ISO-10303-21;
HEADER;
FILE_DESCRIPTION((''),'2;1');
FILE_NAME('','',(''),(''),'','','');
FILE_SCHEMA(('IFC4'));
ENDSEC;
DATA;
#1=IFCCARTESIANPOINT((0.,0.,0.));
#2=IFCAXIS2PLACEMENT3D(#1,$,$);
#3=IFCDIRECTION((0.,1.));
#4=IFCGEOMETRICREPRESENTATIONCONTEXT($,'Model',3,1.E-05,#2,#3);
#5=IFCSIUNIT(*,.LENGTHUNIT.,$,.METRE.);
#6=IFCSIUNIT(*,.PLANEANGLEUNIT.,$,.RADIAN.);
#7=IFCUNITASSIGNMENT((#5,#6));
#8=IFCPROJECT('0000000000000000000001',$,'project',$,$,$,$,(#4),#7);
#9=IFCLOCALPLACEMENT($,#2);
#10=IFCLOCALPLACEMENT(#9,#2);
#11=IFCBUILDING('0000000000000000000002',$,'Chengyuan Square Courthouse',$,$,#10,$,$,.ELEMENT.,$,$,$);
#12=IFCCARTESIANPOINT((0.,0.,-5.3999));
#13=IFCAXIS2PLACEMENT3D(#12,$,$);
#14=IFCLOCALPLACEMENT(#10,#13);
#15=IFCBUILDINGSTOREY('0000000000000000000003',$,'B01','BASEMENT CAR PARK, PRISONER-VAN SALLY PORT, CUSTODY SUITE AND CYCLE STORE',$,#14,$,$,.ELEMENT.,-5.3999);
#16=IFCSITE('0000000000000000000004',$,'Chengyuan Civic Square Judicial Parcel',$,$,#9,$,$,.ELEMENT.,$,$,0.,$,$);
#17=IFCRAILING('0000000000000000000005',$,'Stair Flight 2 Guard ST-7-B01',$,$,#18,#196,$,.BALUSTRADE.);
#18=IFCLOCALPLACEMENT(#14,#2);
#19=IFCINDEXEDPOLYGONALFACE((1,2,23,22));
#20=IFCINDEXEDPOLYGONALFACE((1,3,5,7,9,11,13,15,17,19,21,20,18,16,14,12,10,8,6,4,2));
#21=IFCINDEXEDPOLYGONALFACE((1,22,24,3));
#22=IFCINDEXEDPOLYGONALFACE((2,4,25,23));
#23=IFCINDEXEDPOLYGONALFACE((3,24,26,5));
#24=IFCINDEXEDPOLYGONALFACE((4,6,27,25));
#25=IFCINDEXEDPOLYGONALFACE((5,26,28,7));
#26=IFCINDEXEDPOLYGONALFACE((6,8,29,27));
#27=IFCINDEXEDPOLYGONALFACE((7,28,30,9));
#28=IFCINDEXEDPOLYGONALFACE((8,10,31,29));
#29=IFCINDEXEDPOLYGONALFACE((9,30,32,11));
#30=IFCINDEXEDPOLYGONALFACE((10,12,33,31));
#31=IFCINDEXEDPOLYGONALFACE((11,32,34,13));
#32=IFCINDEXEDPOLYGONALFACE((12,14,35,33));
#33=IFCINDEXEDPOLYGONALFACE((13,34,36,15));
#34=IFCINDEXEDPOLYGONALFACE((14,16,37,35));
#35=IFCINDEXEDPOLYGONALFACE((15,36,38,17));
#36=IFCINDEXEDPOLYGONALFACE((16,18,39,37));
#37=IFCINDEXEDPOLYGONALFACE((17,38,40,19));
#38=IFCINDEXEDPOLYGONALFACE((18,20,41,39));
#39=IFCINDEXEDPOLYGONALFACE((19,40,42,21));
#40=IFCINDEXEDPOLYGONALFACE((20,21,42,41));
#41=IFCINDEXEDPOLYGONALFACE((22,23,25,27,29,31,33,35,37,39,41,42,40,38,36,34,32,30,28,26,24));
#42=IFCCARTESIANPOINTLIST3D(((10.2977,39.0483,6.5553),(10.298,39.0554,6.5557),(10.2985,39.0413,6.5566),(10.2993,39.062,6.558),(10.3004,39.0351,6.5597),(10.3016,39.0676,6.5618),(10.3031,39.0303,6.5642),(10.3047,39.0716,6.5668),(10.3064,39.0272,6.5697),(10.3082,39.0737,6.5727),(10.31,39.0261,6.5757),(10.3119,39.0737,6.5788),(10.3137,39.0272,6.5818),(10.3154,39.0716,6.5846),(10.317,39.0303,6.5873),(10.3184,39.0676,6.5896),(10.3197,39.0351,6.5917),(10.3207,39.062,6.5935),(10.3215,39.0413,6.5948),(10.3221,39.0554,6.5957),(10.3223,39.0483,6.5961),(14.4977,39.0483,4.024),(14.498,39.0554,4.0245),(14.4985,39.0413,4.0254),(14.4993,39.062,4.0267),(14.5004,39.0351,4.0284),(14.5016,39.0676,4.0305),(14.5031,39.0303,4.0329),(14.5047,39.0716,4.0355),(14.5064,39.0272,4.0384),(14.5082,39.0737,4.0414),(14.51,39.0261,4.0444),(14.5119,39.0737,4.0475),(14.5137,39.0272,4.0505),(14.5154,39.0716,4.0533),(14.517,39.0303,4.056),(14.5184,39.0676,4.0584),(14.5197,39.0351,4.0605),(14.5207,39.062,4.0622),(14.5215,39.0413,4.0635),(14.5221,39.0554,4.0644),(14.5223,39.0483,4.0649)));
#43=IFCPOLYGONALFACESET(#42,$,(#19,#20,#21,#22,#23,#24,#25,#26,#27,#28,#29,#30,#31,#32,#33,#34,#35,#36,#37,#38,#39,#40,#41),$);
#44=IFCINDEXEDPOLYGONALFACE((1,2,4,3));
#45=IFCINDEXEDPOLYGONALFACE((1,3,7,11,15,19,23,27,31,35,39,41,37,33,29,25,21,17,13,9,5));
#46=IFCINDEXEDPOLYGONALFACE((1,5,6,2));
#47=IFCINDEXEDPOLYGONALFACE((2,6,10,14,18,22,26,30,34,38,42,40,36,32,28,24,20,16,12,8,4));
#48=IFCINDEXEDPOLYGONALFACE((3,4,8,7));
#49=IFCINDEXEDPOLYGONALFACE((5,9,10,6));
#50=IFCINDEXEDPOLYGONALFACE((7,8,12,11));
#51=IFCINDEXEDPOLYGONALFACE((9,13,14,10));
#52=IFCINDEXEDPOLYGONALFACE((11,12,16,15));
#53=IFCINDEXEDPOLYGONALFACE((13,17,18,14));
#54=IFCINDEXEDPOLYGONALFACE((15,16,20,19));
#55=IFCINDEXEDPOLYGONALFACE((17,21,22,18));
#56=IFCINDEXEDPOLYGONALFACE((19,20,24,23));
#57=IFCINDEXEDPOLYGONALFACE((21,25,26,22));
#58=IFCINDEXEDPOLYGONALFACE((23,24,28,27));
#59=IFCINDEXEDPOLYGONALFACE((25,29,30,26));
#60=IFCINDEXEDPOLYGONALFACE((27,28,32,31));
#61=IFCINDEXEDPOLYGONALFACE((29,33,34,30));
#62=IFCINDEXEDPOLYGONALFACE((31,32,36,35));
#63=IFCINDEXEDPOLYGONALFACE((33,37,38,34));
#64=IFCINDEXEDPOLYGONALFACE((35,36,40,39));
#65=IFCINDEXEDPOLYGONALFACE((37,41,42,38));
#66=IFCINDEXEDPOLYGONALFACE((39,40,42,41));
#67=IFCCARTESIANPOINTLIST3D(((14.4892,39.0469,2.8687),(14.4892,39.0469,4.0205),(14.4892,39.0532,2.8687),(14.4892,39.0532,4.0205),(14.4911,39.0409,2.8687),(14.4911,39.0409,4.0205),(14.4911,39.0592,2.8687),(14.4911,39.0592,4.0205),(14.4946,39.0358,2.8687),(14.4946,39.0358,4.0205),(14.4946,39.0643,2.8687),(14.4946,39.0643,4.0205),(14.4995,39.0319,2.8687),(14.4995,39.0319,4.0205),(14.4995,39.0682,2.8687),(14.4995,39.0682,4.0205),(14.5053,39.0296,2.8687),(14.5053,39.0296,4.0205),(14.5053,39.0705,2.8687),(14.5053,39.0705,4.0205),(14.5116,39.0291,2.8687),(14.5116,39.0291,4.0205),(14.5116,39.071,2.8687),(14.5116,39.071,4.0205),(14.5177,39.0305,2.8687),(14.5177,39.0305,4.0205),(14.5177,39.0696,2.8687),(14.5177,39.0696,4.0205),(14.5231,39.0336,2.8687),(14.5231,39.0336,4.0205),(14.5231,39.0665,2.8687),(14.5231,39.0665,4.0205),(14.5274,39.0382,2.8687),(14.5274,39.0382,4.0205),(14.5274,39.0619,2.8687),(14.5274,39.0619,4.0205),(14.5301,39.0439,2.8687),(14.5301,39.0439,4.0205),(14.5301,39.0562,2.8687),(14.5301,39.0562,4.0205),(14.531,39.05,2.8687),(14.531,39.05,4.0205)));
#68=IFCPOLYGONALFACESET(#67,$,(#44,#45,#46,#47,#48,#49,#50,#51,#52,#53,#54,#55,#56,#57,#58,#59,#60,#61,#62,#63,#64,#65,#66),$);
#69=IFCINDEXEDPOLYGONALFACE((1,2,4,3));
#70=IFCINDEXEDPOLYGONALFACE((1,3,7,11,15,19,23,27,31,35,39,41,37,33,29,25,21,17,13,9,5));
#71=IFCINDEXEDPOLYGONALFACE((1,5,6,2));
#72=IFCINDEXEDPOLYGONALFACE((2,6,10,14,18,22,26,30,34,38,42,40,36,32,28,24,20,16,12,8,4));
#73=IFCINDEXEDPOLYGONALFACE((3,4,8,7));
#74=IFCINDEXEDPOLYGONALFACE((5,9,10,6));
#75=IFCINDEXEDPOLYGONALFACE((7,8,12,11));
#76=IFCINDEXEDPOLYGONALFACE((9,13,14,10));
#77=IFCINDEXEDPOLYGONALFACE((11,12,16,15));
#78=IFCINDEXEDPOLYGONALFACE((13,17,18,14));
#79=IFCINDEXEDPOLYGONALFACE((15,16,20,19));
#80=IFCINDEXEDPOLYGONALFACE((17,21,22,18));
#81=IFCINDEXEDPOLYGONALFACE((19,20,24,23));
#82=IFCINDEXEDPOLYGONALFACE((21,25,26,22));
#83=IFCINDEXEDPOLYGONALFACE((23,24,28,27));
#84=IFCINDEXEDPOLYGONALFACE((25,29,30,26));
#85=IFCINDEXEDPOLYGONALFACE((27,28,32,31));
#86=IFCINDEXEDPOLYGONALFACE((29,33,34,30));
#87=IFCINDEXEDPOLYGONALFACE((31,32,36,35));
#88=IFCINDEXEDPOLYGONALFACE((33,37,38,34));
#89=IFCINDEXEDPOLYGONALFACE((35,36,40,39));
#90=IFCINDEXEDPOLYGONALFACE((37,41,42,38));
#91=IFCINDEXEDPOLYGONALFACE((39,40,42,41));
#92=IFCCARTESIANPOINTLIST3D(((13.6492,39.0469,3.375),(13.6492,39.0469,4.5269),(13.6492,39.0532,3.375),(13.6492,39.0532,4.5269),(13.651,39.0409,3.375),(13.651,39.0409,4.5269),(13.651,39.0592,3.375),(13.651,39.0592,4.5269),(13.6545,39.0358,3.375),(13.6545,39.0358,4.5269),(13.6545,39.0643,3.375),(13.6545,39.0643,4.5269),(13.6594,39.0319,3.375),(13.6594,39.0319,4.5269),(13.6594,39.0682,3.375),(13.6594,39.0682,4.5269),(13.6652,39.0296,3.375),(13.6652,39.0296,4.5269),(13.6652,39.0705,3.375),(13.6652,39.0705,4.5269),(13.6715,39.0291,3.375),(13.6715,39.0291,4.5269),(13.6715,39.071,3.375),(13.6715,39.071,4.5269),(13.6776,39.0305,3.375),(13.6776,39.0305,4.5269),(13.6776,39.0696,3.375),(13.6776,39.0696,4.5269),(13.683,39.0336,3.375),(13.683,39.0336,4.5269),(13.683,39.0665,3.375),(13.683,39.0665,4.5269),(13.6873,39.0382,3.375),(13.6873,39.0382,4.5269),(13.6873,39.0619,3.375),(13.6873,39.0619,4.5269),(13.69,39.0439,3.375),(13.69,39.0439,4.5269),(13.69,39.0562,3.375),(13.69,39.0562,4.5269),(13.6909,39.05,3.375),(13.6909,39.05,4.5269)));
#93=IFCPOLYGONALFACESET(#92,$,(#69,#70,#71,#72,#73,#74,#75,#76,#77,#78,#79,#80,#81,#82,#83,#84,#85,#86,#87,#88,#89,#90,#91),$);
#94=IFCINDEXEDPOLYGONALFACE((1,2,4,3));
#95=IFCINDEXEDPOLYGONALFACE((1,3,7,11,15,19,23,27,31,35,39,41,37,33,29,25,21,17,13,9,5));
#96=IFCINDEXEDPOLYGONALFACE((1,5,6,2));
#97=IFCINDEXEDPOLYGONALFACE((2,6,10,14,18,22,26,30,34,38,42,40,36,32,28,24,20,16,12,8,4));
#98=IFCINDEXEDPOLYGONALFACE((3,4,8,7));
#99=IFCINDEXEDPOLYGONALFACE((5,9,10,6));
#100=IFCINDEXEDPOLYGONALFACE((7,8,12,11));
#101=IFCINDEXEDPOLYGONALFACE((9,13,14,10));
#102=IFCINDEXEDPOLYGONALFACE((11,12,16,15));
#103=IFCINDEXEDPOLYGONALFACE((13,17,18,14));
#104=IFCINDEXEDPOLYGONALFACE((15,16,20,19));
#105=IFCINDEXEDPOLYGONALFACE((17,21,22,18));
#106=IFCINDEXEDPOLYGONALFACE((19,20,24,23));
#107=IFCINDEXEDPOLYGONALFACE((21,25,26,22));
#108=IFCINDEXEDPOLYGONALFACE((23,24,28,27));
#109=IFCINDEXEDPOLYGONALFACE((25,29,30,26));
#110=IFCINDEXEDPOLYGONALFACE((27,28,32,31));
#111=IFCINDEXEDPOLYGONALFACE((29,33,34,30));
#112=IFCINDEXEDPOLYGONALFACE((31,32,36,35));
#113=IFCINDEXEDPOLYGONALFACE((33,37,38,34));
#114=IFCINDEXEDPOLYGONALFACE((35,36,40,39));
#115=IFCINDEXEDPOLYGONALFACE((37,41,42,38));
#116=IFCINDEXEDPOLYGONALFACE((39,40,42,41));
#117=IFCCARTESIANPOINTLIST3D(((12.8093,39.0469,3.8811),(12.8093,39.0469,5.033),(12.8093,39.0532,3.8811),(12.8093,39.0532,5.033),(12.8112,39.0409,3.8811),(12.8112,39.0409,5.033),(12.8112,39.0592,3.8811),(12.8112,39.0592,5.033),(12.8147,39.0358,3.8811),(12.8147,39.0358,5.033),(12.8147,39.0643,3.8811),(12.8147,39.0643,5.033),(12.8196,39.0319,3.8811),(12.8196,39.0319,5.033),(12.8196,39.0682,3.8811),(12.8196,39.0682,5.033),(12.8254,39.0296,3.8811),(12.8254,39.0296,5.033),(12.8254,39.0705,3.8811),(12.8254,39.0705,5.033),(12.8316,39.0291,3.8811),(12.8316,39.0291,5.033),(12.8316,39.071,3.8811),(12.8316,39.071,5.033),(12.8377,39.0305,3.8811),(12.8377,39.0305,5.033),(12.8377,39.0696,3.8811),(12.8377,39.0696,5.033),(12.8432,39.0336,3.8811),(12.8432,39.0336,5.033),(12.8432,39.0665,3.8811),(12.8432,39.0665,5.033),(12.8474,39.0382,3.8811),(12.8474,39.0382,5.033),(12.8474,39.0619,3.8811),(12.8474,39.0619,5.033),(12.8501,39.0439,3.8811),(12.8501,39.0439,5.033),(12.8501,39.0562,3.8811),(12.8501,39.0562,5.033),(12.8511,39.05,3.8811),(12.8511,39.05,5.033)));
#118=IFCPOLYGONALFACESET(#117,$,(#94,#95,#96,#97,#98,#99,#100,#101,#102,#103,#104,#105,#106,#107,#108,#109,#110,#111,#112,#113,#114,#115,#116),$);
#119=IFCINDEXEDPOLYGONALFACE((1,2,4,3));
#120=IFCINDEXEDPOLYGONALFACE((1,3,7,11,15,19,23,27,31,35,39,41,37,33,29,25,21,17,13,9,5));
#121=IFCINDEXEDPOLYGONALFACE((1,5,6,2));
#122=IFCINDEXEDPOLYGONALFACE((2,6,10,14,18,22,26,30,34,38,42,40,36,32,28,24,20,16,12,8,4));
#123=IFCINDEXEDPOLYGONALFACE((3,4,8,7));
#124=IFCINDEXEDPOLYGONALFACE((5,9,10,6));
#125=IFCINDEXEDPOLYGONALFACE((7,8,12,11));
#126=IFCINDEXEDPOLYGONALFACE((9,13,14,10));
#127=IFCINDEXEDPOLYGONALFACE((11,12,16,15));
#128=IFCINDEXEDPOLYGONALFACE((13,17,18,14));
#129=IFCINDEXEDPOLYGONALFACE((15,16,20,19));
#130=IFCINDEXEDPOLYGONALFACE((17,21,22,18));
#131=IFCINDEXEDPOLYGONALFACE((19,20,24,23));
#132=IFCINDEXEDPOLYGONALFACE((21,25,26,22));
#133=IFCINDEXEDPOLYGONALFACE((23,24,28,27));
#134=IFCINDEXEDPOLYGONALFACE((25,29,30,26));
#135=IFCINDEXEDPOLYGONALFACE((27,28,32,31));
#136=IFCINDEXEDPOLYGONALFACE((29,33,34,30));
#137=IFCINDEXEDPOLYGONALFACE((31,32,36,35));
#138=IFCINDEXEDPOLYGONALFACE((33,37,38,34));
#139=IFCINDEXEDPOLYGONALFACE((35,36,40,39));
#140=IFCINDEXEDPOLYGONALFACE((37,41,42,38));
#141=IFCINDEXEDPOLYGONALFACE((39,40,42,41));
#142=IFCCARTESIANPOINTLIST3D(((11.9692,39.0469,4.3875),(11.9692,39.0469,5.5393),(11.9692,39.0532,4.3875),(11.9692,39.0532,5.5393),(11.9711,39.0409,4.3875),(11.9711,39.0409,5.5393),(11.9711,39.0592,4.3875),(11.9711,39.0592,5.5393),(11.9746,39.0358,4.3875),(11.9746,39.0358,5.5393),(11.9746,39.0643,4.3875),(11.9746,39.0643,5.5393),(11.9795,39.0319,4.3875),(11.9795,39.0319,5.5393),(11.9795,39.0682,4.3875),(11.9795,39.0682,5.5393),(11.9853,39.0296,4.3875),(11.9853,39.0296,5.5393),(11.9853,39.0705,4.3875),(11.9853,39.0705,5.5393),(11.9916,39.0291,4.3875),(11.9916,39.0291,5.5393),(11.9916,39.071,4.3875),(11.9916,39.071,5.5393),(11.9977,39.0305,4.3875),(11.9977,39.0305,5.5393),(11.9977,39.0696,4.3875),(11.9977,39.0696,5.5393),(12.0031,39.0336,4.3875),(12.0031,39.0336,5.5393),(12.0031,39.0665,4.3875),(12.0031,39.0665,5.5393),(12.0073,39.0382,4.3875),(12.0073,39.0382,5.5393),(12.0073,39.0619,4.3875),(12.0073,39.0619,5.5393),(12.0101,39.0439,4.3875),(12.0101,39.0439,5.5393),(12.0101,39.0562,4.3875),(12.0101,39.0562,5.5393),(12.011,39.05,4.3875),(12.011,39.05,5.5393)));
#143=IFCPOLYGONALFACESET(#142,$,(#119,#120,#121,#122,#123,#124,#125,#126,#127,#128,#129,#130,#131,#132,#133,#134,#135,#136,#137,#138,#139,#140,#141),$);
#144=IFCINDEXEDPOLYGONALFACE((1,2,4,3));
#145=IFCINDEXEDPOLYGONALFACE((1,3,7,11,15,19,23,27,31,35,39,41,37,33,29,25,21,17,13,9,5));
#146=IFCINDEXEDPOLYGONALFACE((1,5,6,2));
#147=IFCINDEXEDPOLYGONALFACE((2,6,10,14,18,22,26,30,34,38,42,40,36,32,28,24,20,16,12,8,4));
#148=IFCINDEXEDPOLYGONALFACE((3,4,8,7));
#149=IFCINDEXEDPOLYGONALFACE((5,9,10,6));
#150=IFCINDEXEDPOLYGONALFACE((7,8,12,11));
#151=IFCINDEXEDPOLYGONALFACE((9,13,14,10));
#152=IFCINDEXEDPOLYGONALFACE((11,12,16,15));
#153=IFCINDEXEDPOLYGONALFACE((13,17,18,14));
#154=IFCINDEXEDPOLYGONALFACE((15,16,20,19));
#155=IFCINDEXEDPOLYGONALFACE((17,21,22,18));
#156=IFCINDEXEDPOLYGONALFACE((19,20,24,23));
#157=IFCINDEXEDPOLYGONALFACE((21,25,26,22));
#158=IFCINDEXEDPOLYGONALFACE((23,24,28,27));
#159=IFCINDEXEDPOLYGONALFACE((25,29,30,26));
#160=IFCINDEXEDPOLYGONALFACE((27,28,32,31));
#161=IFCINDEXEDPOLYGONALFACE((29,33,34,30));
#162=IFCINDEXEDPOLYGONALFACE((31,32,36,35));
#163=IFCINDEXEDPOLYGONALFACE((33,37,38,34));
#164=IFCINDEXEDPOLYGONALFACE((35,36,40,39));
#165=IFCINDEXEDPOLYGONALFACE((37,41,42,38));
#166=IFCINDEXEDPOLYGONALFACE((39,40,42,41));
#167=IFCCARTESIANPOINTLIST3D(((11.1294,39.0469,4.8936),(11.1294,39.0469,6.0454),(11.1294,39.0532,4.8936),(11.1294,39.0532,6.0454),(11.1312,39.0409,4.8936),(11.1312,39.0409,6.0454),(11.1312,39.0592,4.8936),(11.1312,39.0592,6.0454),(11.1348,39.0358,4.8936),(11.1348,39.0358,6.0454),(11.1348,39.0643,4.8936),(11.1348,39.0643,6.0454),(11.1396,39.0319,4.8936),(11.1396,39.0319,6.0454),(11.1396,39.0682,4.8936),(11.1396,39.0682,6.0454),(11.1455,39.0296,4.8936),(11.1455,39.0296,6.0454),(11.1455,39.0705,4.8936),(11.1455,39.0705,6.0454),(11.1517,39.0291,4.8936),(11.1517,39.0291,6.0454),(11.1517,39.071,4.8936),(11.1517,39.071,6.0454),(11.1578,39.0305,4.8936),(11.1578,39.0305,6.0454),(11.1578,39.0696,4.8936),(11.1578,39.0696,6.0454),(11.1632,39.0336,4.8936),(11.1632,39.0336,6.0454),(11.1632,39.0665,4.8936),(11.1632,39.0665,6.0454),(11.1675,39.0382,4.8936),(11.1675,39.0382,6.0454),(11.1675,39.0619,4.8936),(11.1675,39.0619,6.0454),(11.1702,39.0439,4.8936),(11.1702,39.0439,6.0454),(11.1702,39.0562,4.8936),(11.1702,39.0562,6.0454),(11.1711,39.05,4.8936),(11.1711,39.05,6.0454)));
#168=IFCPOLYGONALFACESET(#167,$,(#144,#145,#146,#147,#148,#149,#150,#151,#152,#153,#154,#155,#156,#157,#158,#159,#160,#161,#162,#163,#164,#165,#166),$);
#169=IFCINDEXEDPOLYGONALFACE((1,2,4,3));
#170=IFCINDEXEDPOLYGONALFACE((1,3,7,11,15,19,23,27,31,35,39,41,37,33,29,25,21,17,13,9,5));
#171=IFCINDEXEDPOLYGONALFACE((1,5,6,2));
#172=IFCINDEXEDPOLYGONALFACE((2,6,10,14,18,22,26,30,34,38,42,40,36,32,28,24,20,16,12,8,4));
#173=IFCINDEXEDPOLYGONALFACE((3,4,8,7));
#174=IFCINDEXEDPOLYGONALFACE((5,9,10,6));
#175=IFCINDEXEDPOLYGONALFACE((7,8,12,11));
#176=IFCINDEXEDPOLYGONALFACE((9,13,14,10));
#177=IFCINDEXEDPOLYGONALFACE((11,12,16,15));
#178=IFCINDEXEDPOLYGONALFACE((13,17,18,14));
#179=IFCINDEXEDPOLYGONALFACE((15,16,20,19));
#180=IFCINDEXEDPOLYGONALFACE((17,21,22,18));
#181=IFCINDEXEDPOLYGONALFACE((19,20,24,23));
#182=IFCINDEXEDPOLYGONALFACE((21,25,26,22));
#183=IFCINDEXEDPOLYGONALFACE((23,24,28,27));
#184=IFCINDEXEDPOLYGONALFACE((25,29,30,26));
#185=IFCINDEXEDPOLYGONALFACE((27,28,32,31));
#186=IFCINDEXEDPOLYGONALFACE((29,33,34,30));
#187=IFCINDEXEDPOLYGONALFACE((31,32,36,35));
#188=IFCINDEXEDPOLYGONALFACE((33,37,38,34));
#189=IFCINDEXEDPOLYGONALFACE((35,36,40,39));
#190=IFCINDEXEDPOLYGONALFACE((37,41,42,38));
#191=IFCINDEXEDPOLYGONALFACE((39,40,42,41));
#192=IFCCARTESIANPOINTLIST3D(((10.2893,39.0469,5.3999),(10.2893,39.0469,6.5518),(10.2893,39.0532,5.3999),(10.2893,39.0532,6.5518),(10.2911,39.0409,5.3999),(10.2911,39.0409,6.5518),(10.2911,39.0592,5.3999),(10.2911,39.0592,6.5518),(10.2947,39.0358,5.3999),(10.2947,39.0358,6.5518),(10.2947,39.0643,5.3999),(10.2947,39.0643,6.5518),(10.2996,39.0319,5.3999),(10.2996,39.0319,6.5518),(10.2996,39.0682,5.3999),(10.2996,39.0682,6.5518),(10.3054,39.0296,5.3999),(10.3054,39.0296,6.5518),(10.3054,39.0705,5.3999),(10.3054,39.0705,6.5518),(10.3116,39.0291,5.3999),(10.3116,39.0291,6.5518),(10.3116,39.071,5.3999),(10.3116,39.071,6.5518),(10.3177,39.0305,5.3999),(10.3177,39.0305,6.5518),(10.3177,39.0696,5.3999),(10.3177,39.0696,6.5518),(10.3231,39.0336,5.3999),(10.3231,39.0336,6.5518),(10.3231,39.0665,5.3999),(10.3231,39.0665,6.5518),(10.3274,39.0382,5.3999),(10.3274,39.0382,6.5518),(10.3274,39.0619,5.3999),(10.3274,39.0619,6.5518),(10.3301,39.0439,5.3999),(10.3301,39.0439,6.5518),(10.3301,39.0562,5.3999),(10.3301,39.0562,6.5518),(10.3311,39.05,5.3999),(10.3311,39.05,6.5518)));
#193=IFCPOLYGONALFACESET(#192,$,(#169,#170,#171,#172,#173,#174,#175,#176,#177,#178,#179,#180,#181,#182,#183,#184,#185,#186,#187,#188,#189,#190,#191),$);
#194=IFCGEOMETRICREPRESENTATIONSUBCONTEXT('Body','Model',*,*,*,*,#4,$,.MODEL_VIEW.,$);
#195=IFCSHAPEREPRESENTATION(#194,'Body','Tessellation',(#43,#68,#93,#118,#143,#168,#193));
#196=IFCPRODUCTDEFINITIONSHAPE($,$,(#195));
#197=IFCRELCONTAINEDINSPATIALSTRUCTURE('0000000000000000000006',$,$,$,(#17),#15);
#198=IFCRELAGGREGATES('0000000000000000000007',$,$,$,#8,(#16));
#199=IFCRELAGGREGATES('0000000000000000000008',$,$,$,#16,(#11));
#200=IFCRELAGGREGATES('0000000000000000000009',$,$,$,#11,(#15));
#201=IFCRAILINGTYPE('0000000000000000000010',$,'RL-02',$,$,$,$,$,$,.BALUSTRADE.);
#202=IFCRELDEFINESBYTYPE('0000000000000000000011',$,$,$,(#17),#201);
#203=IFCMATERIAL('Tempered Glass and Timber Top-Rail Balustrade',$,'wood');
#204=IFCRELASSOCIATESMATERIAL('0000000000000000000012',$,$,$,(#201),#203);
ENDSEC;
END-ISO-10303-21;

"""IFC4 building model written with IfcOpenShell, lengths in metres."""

from ifc_helpers import new_model, si_unit, direction, frame, origin, origin_2d, place, context, subcontext, project, spatial, circle, extrude, material, type_object, element, save


model = new_model("IFC4")

# Units and contexts
model_context = context("Model", 3, precision=1e-05, world=origin(), true_north=direction((0.0, 1.0)))
body_context = subcontext(model_context, "Body", "Model", "MODEL_VIEW")
ifc_project = project(units=[si_unit("LENGTHUNIT", "METRE"), si_unit("PLANEANGLEUNIT", "RADIAN")], contexts=[model_context])

# Site, building, storey
site_placement = place(None, origin())
site = spatial("IfcSite", under=ifc_project, at=site_placement, Name="Chengyuan Civic Square Judicial Parcel", CompositionType="ELEMENT", RefElevation=0.0)
building_placement = place(site_placement, origin())
building = spatial("IfcBuilding", under=site, at=building_placement, Name="Chengyuan Square Courthouse", CompositionType="ELEMENT")
storey_placement = place(building_placement, frame((0.0, 0.0, -5.3999)))
storey = spatial("IfcBuildingStorey", under=building, at=storey_placement, Name="B01", Description="BASEMENT CAR PARK, PRISONER-VAN SALLY PORT, CUSTODY SUITE AND CYCLE STORE", CompositionType="ELEMENT", Elevation=-5.3999)

# Railing
ifc_material_1 = material(Name="Tempered Glass and Timber Top-Rail Balustrade", Category="wood")
railing_type_1 = type_object("IfcRailingType", Name="RL-02", PredefinedType="BALUSTRADE", material=ifc_material_1)
railing_1_placement = place(storey_placement, frame((14.51, 39.05, 2.8687)))
element("IfcRailing", 1, at=railing_1_placement, inside=storey, type_object=railing_type_1, Name="Stair Flight 2 Guard ST-7-B01", PredefinedType="BALUSTRADE", context=body_context, shape_type="SweptSolid", body=[
    extrude(circle(Radius=0.0239, at=origin_2d()), frame((0.0, 0.0, 1.1758), z_axis=(-0.856476, 0.0, 0.516186), x_axis=(0.0, -1.0, 0.0)), (0.0, 0.0, 1.0), 4.9038),
    extrude(circle(Radius=0.021, at=origin_2d()), origin(), (0.0, 0.0, 1.0), 1.1519),
    extrude(circle(Radius=0.021, at=origin_2d()), frame((-0.8401, 0.0, 0.5063)), (0.0, 0.0, 1.0), 1.1519),
    extrude(circle(Radius=0.021, at=origin_2d()), frame((-1.6799, 0.0, 1.0125)), (0.0, 0.0, 1.0), 1.1519),
    extrude(circle(Radius=0.021, at=origin_2d()), frame((-2.52, 0.0, 1.5188)), (0.0, 0.0, 1.0), 1.1519),
    extrude(circle(Radius=0.021, at=origin_2d()), frame((-3.3599, 0.0, 2.0249)), (0.0, 0.0, 1.0), 1.1519),
    extrude(circle(Radius=0.021, at=origin_2d()), frame((-4.2, 0.0, 2.5312)), (0.0, 0.0, 1.0), 1.1519),
])

save(model, "model.ifc")
